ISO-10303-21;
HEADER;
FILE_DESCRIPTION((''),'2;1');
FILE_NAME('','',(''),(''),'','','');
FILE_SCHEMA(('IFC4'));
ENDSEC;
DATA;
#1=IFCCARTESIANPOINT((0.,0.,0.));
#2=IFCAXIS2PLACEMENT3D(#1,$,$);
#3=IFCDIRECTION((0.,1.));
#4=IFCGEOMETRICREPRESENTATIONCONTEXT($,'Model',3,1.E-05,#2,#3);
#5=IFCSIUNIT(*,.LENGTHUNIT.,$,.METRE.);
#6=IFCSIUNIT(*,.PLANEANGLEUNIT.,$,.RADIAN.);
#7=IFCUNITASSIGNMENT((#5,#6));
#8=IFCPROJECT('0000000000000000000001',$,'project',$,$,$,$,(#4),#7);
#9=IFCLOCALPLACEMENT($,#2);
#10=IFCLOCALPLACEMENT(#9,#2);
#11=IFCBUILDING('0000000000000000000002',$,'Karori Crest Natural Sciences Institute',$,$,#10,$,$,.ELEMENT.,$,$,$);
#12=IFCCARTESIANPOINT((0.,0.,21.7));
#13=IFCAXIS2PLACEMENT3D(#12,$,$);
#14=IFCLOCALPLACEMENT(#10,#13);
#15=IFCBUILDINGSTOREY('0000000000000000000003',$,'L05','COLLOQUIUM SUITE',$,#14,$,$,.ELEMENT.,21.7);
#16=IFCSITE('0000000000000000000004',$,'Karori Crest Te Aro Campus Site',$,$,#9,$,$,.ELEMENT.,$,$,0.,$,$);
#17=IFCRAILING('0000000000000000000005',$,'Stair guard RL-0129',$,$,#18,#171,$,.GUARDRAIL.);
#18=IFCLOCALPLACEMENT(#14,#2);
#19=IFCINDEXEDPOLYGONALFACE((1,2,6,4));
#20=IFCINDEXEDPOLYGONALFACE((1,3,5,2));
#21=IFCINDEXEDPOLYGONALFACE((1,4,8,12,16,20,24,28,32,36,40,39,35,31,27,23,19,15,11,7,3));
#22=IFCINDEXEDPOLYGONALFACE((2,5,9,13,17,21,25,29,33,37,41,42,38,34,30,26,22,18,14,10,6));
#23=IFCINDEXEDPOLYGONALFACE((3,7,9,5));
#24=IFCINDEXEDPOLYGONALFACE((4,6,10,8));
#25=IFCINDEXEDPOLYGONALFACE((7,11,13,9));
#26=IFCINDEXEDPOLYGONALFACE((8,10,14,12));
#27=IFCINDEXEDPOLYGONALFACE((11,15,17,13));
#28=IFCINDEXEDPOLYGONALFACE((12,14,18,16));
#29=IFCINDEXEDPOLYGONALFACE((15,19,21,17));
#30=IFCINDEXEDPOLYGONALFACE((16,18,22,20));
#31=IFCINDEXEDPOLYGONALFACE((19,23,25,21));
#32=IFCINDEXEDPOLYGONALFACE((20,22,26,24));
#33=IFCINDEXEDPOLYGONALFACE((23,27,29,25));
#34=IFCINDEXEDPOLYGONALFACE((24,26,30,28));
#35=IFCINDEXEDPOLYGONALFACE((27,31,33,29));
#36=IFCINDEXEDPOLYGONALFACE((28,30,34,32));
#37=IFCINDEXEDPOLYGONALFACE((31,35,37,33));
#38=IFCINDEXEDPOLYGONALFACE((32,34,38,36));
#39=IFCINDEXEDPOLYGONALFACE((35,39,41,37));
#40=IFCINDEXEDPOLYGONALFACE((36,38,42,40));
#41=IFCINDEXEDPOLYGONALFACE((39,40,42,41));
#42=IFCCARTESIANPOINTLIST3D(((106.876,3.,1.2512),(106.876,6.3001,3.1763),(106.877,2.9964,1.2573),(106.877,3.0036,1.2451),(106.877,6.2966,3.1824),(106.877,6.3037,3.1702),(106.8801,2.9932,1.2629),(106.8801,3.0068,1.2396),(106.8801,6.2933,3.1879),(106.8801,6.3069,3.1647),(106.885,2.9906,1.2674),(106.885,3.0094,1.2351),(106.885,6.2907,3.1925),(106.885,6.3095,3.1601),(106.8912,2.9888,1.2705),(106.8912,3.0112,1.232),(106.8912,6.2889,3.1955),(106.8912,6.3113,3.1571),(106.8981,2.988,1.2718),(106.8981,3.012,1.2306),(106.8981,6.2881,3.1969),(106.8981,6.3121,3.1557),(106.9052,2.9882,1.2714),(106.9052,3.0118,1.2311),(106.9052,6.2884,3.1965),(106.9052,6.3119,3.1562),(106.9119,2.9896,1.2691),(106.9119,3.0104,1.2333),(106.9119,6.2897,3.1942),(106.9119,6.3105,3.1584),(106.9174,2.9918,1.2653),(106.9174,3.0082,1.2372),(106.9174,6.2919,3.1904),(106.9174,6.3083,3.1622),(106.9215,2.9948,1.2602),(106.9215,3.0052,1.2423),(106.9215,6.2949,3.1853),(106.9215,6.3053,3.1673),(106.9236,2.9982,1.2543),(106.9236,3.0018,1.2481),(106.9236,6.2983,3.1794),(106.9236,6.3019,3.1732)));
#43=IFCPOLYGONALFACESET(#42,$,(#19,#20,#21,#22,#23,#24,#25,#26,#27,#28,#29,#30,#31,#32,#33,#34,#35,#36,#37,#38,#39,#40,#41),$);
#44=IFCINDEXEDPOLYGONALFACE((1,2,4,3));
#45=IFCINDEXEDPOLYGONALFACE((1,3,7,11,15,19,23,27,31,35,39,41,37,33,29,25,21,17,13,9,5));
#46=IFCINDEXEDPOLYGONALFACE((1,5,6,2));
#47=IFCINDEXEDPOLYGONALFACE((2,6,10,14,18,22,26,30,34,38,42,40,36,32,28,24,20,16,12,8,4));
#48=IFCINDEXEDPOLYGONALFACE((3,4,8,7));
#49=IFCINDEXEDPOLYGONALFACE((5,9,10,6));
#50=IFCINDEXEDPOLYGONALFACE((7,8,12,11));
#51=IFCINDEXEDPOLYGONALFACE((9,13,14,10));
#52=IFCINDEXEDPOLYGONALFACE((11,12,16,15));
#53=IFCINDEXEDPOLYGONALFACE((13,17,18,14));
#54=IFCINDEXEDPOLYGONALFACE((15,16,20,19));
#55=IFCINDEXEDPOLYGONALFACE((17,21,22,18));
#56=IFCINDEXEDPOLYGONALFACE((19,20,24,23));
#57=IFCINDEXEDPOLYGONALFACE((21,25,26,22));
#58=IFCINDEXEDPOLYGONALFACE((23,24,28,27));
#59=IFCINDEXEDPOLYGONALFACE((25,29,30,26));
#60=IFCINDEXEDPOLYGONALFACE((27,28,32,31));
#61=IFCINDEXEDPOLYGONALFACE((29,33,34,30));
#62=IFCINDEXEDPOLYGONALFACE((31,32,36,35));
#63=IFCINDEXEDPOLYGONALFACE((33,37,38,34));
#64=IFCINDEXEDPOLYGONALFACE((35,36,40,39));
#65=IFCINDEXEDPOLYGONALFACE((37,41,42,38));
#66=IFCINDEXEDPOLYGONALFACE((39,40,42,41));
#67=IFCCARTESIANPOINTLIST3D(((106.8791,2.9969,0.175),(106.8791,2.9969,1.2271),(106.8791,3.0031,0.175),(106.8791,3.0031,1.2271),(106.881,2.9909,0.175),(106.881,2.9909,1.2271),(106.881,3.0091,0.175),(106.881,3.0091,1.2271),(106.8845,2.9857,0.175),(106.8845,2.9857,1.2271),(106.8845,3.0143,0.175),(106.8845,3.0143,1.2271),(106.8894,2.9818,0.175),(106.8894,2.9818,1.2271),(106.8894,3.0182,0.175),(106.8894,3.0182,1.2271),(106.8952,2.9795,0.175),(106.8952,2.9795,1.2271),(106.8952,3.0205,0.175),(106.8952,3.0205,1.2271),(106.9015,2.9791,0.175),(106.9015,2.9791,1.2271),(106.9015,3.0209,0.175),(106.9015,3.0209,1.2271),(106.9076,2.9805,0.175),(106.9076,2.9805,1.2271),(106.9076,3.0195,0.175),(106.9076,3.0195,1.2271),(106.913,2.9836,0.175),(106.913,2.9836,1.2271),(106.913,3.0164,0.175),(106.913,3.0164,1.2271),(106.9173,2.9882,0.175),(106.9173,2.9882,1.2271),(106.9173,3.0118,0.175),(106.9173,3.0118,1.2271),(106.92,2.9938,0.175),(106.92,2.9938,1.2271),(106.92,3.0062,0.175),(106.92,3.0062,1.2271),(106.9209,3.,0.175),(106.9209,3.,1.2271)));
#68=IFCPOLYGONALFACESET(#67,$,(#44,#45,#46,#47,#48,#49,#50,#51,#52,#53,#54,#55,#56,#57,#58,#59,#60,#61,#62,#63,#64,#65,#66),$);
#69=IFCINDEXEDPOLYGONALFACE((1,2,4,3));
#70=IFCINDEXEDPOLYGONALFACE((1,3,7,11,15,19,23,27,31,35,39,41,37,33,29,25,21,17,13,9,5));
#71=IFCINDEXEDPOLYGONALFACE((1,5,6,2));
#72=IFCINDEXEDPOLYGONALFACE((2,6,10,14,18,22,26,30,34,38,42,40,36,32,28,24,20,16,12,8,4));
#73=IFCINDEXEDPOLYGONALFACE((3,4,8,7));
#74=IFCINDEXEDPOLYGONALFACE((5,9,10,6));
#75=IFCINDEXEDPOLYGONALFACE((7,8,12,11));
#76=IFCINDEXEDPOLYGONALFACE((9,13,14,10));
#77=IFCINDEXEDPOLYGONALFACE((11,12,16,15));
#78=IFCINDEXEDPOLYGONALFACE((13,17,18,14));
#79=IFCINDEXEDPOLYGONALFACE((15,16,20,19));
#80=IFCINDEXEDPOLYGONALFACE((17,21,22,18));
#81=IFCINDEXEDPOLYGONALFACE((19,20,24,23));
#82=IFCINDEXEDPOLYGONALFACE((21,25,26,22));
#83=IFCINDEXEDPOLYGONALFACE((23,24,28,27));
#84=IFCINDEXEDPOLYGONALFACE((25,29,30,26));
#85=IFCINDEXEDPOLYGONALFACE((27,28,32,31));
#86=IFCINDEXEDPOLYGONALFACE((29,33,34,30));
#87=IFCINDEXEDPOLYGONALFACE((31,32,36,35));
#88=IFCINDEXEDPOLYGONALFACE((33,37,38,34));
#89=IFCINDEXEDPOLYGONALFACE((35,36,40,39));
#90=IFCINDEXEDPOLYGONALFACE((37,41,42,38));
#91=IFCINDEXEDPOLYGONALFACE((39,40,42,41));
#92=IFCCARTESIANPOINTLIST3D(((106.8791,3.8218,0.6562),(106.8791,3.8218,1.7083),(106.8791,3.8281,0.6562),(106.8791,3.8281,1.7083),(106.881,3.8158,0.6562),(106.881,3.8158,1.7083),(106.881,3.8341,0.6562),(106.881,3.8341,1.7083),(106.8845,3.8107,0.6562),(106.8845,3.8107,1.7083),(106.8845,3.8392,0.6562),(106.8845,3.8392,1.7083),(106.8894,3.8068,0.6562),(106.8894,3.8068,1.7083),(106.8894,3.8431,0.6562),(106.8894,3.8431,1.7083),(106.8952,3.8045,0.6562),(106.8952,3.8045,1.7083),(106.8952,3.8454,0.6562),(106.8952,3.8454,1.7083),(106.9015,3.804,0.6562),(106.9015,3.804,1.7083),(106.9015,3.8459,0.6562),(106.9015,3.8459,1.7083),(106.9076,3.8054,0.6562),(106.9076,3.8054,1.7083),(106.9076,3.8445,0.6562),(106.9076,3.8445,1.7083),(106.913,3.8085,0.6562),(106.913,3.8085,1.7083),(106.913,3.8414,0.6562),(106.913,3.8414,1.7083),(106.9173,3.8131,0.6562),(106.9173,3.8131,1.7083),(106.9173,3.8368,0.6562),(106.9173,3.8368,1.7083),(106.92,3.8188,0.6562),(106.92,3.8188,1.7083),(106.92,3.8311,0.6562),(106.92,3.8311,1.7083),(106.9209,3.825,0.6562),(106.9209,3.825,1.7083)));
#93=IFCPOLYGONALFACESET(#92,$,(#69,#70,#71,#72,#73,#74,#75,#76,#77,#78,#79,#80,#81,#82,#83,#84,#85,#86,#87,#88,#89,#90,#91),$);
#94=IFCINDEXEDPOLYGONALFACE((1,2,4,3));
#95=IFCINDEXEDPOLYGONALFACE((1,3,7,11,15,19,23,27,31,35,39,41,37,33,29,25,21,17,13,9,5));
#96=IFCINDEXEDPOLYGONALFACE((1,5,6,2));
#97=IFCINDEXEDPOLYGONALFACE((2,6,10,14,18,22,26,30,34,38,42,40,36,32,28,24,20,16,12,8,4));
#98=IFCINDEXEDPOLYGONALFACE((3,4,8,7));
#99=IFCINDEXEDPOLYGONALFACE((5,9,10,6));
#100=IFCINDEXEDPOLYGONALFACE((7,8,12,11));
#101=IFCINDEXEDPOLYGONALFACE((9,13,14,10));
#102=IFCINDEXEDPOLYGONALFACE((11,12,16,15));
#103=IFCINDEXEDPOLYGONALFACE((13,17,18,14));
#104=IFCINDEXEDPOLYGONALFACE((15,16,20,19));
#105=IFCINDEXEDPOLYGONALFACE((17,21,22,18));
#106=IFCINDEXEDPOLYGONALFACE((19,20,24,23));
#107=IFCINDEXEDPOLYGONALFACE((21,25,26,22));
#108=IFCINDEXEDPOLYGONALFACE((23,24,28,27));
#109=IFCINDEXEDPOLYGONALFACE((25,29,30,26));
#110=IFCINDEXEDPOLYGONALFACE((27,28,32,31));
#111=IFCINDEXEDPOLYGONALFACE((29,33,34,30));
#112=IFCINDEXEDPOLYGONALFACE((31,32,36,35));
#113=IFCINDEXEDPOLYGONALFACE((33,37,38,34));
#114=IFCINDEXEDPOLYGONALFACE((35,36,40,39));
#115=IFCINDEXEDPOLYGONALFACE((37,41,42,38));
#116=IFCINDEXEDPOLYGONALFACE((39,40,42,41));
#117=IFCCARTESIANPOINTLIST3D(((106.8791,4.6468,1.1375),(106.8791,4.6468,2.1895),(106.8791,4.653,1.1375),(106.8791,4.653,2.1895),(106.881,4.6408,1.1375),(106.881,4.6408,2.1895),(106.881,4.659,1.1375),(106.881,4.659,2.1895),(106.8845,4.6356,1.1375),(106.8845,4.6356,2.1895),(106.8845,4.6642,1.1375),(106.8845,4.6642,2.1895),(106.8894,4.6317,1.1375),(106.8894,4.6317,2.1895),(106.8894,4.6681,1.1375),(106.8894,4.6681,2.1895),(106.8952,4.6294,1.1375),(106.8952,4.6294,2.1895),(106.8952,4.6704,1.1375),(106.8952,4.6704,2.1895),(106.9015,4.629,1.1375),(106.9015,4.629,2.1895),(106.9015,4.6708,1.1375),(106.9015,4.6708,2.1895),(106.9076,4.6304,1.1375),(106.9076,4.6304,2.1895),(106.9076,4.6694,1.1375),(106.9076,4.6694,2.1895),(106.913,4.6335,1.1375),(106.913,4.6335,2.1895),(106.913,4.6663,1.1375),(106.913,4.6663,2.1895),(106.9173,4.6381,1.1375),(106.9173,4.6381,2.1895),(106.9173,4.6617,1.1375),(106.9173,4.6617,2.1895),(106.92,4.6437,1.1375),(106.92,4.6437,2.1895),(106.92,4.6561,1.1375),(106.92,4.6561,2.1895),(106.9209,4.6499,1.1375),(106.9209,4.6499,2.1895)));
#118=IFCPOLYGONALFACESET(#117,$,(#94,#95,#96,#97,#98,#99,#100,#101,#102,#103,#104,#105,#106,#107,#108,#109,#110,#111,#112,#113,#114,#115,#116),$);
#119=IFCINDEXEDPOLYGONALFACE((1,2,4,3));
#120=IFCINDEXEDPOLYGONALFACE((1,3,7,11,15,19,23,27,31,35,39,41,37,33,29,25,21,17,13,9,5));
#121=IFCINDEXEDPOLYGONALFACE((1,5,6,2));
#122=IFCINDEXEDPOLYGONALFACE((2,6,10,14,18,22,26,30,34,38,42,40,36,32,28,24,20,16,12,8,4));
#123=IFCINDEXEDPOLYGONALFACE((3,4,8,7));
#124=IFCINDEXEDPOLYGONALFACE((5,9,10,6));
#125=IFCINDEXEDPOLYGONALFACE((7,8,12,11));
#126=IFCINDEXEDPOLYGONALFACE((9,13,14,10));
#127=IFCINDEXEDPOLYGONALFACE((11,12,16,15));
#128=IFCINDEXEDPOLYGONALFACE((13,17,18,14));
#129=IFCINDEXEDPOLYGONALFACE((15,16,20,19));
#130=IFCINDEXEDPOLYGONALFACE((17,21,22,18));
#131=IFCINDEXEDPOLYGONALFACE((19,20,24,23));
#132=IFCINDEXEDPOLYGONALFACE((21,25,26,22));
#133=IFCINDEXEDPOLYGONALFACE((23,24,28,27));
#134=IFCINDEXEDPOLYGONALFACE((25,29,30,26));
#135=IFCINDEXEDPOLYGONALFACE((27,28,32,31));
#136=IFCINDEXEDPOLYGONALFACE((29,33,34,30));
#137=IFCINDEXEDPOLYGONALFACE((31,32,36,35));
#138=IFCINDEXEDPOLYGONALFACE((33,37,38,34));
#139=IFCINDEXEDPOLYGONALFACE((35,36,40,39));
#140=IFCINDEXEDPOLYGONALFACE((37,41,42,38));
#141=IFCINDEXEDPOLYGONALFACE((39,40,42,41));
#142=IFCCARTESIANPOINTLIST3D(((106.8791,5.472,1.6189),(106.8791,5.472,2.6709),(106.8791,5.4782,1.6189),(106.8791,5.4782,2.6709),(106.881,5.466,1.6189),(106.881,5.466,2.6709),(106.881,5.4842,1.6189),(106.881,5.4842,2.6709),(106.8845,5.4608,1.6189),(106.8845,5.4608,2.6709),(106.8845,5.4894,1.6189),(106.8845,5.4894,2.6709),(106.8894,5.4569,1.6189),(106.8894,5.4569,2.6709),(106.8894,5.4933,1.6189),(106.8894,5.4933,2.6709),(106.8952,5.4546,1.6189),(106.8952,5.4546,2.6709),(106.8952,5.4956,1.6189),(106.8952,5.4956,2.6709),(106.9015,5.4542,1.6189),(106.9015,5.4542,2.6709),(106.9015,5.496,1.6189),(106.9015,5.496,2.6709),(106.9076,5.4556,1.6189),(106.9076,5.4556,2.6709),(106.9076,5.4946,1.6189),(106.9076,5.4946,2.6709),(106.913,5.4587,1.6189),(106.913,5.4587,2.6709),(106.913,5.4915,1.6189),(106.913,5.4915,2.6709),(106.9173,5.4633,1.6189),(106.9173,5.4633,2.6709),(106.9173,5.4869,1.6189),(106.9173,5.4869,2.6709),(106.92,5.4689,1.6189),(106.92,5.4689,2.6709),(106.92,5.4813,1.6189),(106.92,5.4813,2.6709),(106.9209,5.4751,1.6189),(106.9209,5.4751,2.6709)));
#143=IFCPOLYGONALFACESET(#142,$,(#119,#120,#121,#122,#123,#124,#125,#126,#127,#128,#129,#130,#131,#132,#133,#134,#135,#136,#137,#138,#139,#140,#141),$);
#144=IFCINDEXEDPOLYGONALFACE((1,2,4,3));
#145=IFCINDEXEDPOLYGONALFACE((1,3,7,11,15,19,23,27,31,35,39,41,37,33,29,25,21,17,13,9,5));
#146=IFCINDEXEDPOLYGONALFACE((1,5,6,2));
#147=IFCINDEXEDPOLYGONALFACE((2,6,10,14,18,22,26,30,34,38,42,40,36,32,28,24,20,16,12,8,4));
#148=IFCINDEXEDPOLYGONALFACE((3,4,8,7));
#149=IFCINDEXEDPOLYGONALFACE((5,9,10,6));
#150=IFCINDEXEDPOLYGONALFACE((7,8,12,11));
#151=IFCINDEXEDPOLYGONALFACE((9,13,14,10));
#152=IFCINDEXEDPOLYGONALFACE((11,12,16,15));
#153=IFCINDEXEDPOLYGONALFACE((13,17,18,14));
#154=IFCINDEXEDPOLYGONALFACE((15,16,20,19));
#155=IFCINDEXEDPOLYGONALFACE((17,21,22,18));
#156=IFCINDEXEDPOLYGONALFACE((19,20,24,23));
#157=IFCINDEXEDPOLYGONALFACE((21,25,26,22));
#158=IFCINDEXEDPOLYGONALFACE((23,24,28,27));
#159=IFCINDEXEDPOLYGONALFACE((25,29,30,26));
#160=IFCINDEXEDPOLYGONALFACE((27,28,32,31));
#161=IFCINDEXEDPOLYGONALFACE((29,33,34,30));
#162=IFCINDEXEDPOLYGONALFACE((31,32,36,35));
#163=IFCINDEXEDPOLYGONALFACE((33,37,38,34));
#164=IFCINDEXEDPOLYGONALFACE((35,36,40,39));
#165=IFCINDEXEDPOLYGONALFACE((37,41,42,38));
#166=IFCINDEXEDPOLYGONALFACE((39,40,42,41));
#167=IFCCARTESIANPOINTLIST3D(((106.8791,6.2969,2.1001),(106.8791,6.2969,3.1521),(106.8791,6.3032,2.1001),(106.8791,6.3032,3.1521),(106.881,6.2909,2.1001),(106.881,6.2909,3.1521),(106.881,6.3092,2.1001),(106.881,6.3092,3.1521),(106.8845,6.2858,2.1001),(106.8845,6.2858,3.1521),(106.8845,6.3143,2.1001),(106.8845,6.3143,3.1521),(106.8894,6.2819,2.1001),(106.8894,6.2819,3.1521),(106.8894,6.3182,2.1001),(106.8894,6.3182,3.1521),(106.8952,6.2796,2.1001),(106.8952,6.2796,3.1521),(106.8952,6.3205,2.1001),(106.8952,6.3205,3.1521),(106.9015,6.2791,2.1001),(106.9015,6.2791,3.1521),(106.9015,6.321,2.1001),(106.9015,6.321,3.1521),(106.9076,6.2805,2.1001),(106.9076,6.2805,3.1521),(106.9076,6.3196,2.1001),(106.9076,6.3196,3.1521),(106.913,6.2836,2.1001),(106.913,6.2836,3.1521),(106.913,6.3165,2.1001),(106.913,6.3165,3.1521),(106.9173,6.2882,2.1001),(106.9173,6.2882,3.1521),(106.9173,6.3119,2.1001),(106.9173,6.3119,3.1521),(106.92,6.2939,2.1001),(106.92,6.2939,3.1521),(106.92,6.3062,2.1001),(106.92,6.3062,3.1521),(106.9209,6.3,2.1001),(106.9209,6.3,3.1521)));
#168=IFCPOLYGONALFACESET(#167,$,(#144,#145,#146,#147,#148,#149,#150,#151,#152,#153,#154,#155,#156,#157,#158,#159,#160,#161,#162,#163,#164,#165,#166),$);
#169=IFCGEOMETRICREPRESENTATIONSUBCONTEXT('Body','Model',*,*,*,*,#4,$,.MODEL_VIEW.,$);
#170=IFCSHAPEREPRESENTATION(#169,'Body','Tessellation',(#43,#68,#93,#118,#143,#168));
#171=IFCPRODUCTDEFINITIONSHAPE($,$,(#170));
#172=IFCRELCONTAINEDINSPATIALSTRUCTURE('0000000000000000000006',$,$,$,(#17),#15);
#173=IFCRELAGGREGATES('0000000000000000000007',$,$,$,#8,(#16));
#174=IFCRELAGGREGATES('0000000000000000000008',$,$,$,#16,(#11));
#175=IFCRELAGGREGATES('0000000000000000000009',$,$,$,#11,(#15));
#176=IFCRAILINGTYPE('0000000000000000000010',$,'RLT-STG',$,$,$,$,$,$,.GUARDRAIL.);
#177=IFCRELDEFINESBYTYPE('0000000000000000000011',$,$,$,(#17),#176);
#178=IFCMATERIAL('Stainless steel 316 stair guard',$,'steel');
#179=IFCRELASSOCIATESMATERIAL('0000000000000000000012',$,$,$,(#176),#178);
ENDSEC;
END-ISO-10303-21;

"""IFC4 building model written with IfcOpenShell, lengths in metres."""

from ifc_helpers import new_model, si_unit, direction, frame, origin, origin_2d, place, context, subcontext, project, spatial, circle, extrude, material, type_object, element, save


model = new_model("IFC4")

# Units and contexts
model_context = context("Model", 3, precision=1e-05, world=origin(), true_north=direction((0.0, 1.0)))
body_context = subcontext(model_context, "Body", "Model", "MODEL_VIEW")
ifc_project = project(units=[si_unit("LENGTHUNIT", "METRE"), si_unit("PLANEANGLEUNIT", "RADIAN")], contexts=[model_context])

# Site, building, storey
site_placement = place(None, origin())
site = spatial("IfcSite", under=ifc_project, at=site_placement, Name="Karori Crest Te Aro Campus Site", CompositionType="ELEMENT", RefElevation=0.0)
building_placement = place(site_placement, origin())
building = spatial("IfcBuilding", under=site, at=building_placement, Name="Karori Crest Natural Sciences Institute", CompositionType="ELEMENT")
storey_placement = place(building_placement, frame((0.0, 0.0, 21.7)))
storey = spatial("IfcBuildingStorey", under=building, at=storey_placement, Name="L05", Description="COLLOQUIUM SUITE", CompositionType="ELEMENT", Elevation=21.7)

# Railing
ifc_material_1 = material(Name="Stainless steel 316 stair guard", Category="steel")
railing_type_1 = type_object("IfcRailingType", Name="RLT-STG", PredefinedType="GUARDRAIL", material=ifc_material_1)
railing_1_placement = place(storey_placement, frame((106.8999, 3.0, 0.175)))
element("IfcRailing", 1, at=railing_1_placement, inside=storey, type_object=railing_type_1, Name="Stair guard RL-0129", PredefinedType="GUARDRAIL", context=body_context, shape_type="SweptSolid", body=[
    extrude(circle(Radius=0.0239, at=origin_2d()), frame((0.0, 0.0, 1.0762), z_axis=(0.0, 0.863777, 0.503875), x_axis=(-1.0, 0.0, 0.0)), (0.0, 0.0, 1.0), 3.8206),
    extrude(circle(Radius=0.021, at=origin_2d()), origin(), (0.0, 0.0, 1.0), 1.052),
    extrude(circle(Radius=0.021, at=origin_2d()), frame((0.0, 0.825, 0.4812)), (0.0, 0.0, 1.0), 1.052),
    extrude(circle(Radius=0.021, at=origin_2d()), frame((0.0, 1.6499, 0.9624)), (0.0, 0.0, 1.0), 1.052),
    extrude(circle(Radius=0.021, at=origin_2d()), frame((0.0, 2.4751, 1.4438)), (0.0, 0.0, 1.0), 1.052),
    extrude(circle(Radius=0.021, at=origin_2d()), frame((0.0, 3.3, 1.925)), (0.0, 0.0, 1.0), 1.052),
])

save(model, "model.ifc")
